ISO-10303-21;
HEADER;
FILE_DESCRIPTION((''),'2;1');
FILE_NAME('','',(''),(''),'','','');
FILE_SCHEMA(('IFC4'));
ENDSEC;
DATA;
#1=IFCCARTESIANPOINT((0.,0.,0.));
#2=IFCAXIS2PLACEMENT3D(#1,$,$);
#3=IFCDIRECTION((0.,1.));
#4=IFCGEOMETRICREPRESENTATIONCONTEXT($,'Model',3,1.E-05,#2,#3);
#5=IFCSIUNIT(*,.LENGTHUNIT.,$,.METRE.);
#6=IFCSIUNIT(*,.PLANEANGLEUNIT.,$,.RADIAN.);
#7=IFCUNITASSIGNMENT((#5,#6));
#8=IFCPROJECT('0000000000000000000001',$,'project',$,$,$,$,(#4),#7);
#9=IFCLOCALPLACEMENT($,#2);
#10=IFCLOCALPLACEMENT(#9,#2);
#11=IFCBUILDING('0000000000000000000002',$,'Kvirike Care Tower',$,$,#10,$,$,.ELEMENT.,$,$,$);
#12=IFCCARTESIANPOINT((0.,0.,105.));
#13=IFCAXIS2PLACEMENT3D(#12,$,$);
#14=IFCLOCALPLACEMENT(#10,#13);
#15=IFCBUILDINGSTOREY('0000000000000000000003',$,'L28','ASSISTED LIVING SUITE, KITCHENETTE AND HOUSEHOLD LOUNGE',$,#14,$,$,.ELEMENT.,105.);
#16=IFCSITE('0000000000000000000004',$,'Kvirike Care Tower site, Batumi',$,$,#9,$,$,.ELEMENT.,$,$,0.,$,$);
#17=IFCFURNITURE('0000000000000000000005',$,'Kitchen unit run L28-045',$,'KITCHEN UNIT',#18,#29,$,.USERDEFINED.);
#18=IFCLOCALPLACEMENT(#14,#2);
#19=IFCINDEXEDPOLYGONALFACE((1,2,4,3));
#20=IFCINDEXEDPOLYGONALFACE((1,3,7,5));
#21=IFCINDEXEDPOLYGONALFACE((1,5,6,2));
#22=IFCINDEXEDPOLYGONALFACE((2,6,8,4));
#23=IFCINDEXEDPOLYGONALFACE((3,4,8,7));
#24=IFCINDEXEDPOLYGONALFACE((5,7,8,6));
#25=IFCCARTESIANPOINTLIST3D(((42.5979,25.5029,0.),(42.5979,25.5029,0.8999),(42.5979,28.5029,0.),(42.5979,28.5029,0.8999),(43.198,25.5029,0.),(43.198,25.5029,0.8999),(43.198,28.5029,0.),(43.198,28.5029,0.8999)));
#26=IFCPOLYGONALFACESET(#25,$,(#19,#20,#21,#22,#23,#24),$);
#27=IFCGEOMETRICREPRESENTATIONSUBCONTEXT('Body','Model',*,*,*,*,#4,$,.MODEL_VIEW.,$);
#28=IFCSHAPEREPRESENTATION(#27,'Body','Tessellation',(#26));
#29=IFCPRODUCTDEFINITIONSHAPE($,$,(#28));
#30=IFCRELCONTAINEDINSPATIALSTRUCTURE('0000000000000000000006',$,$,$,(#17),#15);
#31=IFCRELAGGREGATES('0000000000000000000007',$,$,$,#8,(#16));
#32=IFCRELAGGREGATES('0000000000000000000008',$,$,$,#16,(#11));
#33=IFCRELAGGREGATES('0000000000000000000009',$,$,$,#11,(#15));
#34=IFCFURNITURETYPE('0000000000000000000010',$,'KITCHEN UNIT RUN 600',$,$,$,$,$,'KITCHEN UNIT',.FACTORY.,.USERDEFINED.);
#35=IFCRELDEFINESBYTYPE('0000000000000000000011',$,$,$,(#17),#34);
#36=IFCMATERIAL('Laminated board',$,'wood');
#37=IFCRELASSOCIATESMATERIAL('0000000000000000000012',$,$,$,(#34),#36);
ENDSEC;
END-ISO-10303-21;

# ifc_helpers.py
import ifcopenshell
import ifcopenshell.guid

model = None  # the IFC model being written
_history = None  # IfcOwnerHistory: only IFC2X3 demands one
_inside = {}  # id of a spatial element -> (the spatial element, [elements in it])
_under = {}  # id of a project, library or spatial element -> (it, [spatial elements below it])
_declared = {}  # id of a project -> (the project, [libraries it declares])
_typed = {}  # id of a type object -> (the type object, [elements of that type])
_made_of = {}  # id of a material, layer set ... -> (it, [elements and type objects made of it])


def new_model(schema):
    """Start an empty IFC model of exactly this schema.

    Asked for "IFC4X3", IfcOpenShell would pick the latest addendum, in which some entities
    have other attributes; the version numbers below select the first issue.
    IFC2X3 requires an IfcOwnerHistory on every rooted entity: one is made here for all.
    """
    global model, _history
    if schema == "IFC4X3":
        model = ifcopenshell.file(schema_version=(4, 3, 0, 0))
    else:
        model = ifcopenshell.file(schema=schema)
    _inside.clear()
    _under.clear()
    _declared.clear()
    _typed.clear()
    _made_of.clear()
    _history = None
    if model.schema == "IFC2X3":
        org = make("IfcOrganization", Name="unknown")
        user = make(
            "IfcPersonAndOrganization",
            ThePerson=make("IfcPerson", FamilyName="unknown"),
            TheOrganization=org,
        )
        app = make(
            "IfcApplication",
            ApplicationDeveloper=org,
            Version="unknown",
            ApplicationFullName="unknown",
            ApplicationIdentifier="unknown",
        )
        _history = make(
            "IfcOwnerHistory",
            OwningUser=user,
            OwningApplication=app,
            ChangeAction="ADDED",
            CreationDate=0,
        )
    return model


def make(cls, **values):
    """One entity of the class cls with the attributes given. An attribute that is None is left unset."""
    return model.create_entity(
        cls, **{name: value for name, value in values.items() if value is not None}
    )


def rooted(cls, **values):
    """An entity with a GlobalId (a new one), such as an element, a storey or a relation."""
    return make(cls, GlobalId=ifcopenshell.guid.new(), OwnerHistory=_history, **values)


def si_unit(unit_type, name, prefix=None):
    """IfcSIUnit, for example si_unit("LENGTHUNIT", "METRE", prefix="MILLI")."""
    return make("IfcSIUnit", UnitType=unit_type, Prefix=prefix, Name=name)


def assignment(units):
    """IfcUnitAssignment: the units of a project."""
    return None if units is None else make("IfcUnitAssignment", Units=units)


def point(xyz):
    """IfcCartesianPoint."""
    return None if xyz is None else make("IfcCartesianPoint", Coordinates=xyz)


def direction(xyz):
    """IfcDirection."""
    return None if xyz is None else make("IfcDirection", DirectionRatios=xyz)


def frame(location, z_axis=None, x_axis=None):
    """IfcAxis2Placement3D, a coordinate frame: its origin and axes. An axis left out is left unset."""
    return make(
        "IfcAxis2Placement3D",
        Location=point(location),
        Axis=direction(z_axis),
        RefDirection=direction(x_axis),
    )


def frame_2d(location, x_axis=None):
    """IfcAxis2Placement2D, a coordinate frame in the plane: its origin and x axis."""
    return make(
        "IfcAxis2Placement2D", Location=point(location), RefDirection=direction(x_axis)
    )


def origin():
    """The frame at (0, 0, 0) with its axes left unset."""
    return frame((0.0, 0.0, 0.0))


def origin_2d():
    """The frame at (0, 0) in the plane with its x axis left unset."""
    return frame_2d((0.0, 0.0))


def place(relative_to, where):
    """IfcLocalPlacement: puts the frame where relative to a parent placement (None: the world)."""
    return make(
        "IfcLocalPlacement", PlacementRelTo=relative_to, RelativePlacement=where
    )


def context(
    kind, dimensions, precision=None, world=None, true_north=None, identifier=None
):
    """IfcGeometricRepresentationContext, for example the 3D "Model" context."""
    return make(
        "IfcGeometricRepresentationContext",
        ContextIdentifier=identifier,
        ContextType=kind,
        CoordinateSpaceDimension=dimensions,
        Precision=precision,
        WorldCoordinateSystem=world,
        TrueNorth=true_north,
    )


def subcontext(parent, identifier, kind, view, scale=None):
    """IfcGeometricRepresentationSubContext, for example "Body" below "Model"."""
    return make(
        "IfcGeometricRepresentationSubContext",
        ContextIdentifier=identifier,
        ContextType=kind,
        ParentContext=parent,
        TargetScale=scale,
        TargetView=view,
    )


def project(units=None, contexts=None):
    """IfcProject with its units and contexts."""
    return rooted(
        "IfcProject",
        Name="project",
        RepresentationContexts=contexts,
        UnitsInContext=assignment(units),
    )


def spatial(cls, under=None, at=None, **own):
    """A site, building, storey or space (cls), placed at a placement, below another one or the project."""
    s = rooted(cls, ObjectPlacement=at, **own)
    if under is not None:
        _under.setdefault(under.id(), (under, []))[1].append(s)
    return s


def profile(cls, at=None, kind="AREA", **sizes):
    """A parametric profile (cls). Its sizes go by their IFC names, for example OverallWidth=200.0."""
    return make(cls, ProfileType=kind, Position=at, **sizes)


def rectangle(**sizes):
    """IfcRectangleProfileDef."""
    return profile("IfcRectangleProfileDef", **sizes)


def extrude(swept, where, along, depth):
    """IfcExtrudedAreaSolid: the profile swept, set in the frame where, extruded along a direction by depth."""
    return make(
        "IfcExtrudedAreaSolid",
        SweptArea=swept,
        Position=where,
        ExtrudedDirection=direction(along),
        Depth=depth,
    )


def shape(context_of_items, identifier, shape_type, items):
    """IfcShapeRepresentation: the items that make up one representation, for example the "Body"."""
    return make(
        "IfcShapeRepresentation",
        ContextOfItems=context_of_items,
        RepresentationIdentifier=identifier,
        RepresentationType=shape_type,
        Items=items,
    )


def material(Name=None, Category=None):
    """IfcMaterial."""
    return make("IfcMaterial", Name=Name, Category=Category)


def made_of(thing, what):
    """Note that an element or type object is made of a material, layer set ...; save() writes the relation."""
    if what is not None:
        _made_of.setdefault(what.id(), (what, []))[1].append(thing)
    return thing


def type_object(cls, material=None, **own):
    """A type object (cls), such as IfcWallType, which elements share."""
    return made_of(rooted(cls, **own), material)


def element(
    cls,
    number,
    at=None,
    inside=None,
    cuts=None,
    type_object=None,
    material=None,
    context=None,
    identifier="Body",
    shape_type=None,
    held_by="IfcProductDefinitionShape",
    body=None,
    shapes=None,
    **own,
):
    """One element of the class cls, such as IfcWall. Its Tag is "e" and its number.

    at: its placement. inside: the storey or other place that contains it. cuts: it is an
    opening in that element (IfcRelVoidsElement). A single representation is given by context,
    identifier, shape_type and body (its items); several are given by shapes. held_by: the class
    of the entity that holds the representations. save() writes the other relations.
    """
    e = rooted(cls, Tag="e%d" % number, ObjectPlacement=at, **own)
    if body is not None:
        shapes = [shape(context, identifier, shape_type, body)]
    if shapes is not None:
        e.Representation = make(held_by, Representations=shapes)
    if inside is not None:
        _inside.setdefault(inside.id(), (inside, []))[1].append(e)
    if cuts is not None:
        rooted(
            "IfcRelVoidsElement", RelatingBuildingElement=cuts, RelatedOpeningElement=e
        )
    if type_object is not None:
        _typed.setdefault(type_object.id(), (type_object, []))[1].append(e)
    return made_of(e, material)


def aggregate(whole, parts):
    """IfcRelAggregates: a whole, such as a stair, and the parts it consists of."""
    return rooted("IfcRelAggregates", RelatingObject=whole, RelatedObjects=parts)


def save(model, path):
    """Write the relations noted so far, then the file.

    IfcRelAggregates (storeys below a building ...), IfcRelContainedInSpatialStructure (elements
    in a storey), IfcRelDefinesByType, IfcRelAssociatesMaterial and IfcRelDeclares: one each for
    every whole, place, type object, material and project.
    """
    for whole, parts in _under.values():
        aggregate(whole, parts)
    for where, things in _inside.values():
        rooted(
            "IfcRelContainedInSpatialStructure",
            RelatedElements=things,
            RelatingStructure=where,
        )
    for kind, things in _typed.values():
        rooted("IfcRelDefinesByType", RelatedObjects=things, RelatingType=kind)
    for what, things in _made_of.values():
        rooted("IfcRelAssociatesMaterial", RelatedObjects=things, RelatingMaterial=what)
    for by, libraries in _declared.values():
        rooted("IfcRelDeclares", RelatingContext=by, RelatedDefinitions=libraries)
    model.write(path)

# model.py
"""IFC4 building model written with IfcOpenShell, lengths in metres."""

from ifc_helpers import new_model, si_unit, direction, frame, origin, origin_2d, place, context, subcontext, project, spatial, rectangle, extrude, material, type_object, element, save


model = new_model("IFC4")

# Units and contexts
model_context = context("Model", 3, precision=1e-05, world=origin(), true_north=direction((0.0, 1.0)))
body_context = subcontext(model_context, "Body", "Model", "MODEL_VIEW")
ifc_project = project(units=[si_unit("LENGTHUNIT", "METRE"), si_unit("PLANEANGLEUNIT", "RADIAN")], contexts=[model_context])

# Site, building, storey
site_placement = place(None, origin())
site = spatial("IfcSite", under=ifc_project, at=site_placement, Name="Kvirike Care Tower site, Batumi", CompositionType="ELEMENT", RefElevation=0.0)
building_placement = place(site_placement, origin())
building = spatial("IfcBuilding", under=site, at=building_placement, Name="Kvirike Care Tower", CompositionType="ELEMENT")
storey_placement = place(building_placement, frame((0.0, 0.0, 105.0)))
storey = spatial("IfcBuildingStorey", under=building, at=storey_placement, Name="L28", Description="ASSISTED LIVING SUITE, KITCHENETTE AND HOUSEHOLD LOUNGE", CompositionType="ELEMENT", Elevation=105.0)

# Furniture
ifc_material_1 = material(Name="Laminated board", Category="wood")
furniture_type = type_object("IfcFurnitureType", Name="KITCHEN UNIT RUN 600", ElementType="KITCHEN UNIT", AssemblyPlace="FACTORY", PredefinedType="USERDEFINED", material=ifc_material_1)
furniture_placement = place(storey_placement, frame((42.8979, 27.0029, 0.0), z_axis=(0.0, 0.0, 1.0), x_axis=(0.0, -1.0, 0.0)))
element("IfcFurniture", 1, at=furniture_placement, inside=storey, type_object=furniture_type, Name="Kitchen unit run L28-045", ObjectType="KITCHEN UNIT", PredefinedType="USERDEFINED", context=body_context, shape_type="SweptSolid", body=[
    extrude(rectangle(XDim=3.0, YDim=0.6001, at=origin_2d()), origin(), (0.0, 0.0, 1.0), 0.8999),
])

save(model, "model.ifc")
